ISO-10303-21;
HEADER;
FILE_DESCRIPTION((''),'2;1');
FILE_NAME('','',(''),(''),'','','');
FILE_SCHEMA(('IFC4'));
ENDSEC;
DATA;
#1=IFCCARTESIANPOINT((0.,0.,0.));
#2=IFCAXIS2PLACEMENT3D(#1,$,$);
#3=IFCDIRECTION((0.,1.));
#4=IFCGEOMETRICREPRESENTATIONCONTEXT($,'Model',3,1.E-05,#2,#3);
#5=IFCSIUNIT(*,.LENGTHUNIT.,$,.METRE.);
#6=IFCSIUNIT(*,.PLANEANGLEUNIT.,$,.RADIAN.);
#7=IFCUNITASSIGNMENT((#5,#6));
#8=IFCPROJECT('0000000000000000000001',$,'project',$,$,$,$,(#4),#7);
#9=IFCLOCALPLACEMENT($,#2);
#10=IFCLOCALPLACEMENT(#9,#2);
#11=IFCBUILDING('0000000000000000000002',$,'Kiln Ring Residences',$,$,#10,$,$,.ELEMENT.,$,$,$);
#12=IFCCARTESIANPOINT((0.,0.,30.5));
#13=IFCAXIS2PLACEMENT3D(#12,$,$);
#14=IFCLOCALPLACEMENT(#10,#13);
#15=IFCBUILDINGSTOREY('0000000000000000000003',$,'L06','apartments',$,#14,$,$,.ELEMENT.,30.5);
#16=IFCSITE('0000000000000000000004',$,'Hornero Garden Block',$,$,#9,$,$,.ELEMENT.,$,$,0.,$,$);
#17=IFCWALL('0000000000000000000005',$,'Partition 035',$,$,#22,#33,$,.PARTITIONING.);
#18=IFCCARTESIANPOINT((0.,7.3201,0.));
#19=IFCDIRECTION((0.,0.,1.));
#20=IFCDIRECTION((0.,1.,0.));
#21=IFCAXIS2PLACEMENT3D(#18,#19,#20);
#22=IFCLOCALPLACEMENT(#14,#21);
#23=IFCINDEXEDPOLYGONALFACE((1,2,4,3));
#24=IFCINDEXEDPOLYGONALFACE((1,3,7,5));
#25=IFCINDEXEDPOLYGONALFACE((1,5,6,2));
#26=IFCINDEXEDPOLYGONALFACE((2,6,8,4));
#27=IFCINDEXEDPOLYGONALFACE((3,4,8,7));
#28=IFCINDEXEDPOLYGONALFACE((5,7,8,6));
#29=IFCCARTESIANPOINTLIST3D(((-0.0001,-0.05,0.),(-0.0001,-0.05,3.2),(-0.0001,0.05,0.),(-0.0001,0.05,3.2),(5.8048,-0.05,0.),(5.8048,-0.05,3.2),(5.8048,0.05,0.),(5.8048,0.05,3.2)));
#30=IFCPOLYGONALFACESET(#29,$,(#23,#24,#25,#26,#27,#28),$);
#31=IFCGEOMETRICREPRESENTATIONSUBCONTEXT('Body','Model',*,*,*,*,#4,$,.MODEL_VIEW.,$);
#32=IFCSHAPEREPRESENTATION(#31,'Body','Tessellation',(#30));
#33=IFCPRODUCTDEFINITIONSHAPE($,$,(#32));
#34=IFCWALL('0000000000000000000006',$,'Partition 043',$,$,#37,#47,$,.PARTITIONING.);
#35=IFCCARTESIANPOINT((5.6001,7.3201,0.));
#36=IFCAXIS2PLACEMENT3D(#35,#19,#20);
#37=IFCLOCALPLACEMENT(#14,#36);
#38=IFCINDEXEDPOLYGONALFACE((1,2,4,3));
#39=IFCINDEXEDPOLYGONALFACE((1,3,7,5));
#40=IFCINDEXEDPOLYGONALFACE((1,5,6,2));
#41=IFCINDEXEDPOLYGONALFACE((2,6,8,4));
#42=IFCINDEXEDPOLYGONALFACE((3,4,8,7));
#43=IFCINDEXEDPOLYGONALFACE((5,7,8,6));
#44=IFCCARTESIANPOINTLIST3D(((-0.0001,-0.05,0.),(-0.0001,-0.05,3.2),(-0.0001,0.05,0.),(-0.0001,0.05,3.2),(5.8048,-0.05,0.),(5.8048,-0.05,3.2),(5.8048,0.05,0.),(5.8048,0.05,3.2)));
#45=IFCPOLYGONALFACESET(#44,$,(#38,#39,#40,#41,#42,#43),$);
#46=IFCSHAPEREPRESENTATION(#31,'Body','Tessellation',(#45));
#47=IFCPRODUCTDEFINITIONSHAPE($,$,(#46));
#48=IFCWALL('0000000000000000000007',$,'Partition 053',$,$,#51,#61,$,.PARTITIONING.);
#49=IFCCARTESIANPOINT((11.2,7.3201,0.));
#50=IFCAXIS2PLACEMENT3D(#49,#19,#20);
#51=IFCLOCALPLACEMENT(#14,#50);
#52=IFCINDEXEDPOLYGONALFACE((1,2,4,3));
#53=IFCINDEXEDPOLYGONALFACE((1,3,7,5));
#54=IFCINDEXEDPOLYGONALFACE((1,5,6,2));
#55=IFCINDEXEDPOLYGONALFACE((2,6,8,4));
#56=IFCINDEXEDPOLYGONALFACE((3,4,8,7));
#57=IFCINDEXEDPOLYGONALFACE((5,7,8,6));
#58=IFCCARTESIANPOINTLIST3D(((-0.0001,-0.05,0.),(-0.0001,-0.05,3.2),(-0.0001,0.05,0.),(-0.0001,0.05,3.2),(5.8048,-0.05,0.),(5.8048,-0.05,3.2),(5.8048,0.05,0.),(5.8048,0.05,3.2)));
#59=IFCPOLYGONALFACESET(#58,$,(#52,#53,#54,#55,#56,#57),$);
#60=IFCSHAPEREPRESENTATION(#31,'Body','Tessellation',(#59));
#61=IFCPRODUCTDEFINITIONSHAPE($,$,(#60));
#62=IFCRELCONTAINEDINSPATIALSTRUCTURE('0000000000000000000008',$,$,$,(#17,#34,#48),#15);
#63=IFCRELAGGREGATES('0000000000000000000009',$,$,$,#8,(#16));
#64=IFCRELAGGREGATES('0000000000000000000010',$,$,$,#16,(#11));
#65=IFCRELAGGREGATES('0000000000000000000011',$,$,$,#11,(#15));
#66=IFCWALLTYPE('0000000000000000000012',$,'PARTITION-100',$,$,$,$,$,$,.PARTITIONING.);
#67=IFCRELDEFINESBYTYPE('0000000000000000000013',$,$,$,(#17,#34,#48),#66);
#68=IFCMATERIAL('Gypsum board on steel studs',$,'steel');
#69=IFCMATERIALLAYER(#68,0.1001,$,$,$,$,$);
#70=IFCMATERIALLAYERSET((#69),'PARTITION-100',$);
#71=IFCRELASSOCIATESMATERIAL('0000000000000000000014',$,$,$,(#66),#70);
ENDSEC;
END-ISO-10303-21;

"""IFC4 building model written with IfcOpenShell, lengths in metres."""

from ifc_helpers import new_model, si_unit, direction, frame, frame_2d, origin, place, context, subcontext, project, spatial, rectangle, extrude, material, layer, layer_set, type_object, element, save


model = new_model("IFC4")

# Units and contexts
model_context = context("Model", 3, precision=1e-05, world=origin(), true_north=direction((0.0, 1.0)))
body_context = subcontext(model_context, "Body", "Model", "MODEL_VIEW")
ifc_project = project(units=[si_unit("LENGTHUNIT", "METRE"), si_unit("PLANEANGLEUNIT", "RADIAN")], contexts=[model_context])

# Site, building, storey
site_placement = place(None, origin())
site = spatial("IfcSite", under=ifc_project, at=site_placement, Name="Hornero Garden Block", CompositionType="ELEMENT", RefElevation=0.0)
building_placement = place(site_placement, origin())
building = spatial("IfcBuilding", under=site, at=building_placement, Name="Kiln Ring Residences", CompositionType="ELEMENT")
storey_placement = place(building_placement, frame((0.0, 0.0, 30.5)))
storey = spatial("IfcBuildingStorey", under=building, at=storey_placement, Name="L06", Description="apartments", CompositionType="ELEMENT", Elevation=30.5)

# Walls
ifc_material_1 = material(Name="Gypsum board on steel studs", Category="steel")
ifc_layer_1 = layer(ifc_material_1, 0.1001)
ifc_layer_set_1 = layer_set([ifc_layer_1], Name="PARTITION-100")
wall_type_1 = type_object("IfcWallType", Name="PARTITION-100", PredefinedType="PARTITIONING", material=ifc_layer_set_1)
for number, where, z_axis, x_axis, name in (
    (1, (0.0, 7.3201, 0.0), (0.0, 0.0, 1.0), (0.0, 1.0, 0.0), "Partition 035"),
    (2, (5.6001, 7.3201, 0.0), (0.0, 0.0, 1.0), (0.0, 1.0, 0.0), "Partition 043"),
    (3, (11.2, 7.3201, 0.0), (0.0, 0.0, 1.0), (0.0, 1.0, 0.0), "Partition 053"),
):
    element("IfcWall", number, at=place(storey_placement, frame(where, z_axis=z_axis, x_axis=x_axis)), inside=storey, type_object=wall_type_1, Name=name, PredefinedType="PARTITIONING", context=body_context, shape_type="SweptSolid", body=[
        extrude(rectangle(XDim=5.8049, YDim=0.1001, at=frame_2d((2.9023, 0.0))), origin(), (0.0, 0.0, 1.0), 3.2),
    ])

save(model, "model.ifc")
